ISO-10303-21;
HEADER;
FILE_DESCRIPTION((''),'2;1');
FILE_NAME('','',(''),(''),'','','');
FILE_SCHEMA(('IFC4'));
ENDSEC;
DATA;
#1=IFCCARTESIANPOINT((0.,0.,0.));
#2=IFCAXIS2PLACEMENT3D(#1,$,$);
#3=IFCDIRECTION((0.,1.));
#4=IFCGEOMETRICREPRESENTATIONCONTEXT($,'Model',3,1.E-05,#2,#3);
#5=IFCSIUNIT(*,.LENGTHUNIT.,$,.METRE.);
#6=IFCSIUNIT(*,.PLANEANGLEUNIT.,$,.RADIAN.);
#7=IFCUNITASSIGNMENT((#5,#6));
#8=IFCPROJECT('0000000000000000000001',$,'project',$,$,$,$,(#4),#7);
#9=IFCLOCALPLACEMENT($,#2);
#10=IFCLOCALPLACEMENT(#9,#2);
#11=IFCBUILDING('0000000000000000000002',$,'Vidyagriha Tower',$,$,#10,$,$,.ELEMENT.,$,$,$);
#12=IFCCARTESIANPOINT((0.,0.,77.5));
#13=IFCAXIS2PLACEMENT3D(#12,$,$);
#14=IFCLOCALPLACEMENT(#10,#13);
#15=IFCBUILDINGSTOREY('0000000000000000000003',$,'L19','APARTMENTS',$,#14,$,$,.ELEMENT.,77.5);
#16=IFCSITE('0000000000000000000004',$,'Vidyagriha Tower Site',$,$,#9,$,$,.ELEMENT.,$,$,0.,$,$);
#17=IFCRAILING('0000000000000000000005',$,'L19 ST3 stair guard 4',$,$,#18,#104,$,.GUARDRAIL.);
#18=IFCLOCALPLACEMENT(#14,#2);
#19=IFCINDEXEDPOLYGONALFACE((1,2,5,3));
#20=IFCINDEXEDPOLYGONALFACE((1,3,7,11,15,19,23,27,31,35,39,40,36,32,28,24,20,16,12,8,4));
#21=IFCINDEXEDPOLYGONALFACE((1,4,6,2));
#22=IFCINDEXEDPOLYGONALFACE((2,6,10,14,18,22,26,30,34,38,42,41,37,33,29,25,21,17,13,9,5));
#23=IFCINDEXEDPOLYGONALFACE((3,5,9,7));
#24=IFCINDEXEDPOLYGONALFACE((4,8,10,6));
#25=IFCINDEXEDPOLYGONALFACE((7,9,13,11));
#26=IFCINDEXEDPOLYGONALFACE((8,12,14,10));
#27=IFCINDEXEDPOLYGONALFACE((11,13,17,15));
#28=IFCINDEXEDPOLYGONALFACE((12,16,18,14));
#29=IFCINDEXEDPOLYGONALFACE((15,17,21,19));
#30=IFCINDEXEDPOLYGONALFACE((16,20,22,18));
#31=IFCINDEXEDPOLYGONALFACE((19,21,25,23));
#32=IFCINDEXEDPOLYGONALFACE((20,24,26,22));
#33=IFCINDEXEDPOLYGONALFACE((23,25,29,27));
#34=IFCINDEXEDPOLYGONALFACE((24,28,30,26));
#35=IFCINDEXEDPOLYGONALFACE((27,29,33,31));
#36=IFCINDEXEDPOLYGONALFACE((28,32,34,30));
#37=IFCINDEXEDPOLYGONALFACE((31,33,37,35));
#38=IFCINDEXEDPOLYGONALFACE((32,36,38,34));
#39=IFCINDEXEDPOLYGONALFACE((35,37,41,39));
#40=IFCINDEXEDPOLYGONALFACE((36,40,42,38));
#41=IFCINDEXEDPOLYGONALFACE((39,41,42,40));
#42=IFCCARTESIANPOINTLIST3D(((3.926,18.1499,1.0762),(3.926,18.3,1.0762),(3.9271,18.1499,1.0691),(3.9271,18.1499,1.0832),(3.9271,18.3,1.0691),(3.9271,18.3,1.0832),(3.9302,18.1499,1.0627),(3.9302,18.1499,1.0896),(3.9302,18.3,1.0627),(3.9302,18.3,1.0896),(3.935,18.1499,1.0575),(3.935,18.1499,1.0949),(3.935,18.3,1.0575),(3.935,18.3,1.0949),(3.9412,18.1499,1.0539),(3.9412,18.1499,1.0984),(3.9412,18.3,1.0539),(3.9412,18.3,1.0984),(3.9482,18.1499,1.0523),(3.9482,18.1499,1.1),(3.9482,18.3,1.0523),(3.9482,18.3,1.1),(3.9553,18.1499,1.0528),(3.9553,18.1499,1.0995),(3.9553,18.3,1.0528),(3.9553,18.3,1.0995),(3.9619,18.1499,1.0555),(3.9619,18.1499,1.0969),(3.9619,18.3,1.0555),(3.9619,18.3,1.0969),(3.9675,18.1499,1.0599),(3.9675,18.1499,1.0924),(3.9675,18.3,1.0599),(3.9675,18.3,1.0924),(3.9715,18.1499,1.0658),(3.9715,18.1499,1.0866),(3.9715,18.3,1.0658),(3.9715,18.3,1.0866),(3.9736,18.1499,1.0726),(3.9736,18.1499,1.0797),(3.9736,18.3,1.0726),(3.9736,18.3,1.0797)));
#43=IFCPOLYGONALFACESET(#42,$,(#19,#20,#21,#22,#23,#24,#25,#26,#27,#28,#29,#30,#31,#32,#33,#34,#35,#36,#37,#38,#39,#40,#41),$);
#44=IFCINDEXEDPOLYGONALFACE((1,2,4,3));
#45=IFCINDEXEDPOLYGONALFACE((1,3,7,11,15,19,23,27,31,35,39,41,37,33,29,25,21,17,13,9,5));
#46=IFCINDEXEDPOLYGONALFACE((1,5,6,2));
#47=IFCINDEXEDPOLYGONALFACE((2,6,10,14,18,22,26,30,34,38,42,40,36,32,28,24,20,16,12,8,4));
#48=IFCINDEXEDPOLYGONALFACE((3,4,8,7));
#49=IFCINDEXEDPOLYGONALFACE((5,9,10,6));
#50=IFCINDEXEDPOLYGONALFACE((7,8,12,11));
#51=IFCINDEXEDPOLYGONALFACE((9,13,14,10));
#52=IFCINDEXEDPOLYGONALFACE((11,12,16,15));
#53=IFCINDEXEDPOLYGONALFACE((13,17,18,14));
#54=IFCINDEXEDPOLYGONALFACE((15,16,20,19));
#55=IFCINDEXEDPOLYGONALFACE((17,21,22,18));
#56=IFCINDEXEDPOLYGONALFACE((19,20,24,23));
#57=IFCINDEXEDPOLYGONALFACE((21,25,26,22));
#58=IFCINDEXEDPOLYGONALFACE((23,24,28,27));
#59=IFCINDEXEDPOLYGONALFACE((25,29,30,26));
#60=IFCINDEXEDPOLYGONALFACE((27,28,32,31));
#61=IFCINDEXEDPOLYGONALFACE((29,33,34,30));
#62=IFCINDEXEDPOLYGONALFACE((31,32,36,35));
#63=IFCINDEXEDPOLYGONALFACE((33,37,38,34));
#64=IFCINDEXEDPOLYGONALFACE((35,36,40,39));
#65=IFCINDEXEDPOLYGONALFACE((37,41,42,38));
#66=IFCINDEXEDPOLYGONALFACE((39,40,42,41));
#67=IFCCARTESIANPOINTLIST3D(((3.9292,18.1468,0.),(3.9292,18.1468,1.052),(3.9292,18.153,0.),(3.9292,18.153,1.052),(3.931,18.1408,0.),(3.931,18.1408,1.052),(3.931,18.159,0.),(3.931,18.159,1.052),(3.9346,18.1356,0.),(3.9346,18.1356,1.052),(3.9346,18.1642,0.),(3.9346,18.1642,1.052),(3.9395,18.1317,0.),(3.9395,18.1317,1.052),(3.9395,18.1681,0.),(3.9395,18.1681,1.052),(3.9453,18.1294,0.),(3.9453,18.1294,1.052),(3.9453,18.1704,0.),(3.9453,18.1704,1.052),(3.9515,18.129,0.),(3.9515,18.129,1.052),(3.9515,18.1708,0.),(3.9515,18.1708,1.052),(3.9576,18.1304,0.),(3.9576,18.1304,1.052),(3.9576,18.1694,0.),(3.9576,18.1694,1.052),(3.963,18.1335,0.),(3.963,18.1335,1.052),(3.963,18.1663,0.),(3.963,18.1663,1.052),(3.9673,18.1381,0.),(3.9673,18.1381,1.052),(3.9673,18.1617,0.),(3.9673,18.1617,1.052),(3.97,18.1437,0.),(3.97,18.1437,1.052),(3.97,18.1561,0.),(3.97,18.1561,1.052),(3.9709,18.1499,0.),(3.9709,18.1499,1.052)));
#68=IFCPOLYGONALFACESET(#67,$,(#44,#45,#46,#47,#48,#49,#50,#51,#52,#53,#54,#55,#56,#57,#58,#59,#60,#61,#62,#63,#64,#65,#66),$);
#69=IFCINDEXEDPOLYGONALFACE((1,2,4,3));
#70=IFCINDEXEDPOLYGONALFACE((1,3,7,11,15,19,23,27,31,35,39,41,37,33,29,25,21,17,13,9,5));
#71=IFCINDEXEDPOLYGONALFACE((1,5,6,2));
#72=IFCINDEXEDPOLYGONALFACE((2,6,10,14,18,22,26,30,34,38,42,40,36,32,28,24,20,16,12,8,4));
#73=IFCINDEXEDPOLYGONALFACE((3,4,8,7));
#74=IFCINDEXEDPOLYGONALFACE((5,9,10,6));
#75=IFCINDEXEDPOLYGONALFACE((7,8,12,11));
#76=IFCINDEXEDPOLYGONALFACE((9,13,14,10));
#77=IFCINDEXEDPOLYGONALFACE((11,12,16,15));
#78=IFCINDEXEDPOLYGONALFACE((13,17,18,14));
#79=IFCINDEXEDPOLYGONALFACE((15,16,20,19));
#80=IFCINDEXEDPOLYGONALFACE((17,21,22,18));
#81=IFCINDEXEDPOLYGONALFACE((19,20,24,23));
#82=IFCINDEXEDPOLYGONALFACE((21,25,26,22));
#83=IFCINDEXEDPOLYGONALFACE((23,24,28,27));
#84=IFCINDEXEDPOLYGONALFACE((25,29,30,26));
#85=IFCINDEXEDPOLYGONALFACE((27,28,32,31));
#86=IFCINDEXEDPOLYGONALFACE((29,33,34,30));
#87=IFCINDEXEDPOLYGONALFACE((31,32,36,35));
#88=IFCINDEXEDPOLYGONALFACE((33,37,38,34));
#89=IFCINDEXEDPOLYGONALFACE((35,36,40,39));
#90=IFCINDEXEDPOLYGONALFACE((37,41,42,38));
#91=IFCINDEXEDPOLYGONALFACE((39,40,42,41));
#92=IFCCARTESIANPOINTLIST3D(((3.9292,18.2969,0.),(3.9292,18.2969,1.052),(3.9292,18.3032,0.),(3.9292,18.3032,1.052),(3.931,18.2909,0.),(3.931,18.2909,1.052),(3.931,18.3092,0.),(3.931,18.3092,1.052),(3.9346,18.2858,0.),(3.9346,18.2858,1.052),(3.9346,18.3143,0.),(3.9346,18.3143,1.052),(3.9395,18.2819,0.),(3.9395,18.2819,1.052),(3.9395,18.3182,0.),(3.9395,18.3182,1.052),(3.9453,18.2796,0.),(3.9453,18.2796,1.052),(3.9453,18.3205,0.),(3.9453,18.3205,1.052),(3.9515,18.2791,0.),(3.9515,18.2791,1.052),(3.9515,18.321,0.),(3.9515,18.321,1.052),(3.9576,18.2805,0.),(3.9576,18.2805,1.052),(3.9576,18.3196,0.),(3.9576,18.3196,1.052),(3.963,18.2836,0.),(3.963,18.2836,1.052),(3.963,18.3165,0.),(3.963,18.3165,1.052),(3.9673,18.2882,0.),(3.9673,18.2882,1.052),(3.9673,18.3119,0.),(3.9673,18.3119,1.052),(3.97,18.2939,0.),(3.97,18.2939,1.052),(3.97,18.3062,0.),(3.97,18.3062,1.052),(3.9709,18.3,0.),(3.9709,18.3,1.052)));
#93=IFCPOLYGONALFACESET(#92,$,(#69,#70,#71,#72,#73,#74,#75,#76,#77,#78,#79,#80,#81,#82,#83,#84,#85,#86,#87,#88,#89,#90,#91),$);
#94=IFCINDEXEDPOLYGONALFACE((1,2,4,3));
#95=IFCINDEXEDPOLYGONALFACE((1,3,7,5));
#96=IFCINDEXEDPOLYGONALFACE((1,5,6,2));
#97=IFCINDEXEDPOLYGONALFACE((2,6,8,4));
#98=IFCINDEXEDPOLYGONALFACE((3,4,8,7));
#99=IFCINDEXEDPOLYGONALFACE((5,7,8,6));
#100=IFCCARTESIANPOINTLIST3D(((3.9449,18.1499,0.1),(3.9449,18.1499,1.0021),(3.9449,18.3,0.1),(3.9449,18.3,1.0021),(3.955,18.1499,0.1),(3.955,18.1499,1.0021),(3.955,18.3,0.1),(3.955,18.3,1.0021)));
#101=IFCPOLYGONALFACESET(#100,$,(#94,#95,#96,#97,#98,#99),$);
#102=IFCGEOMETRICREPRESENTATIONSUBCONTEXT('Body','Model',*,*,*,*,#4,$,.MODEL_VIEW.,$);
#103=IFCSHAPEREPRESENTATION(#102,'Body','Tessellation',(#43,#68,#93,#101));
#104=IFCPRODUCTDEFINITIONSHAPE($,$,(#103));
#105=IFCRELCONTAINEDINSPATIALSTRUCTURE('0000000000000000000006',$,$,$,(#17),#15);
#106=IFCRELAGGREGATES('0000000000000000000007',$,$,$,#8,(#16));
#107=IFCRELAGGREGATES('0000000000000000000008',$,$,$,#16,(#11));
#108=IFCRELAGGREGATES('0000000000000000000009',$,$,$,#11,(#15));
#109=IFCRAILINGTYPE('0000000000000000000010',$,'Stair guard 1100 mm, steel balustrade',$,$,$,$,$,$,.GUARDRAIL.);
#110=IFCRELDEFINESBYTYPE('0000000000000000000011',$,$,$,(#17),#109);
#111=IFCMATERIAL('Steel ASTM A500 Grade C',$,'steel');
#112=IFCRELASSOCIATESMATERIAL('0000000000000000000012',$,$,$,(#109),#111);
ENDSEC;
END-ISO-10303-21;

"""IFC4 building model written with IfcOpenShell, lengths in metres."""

from ifc_helpers import new_model, si_unit, direction, frame, origin, origin_2d, place, context, subcontext, project, spatial, rectangle, circle, extrude, material, type_object, element, save


model = new_model("IFC4")

# Units and contexts
model_context = context("Model", 3, precision=1e-05, world=origin(), true_north=direction((0.0, 1.0)))
body_context = subcontext(model_context, "Body", "Model", "MODEL_VIEW")
ifc_project = project(units=[si_unit("LENGTHUNIT", "METRE"), si_unit("PLANEANGLEUNIT", "RADIAN")], contexts=[model_context])

# Site, building, storey
site_placement = place(None, origin())
site = spatial("IfcSite", under=ifc_project, at=site_placement, Name="Vidyagriha Tower Site", CompositionType="ELEMENT", RefElevation=0.0)
building_placement = place(site_placement, origin())
building = spatial("IfcBuilding", under=site, at=building_placement, Name="Vidyagriha Tower", CompositionType="ELEMENT")
storey_placement = place(building_placement, frame((0.0, 0.0, 77.5)))
storey = spatial("IfcBuildingStorey", under=building, at=storey_placement, Name="L19", Description="APARTMENTS", CompositionType="ELEMENT", Elevation=77.5)

# Railing
ifc_material_1 = material(Name="Steel ASTM A500 Grade C", Category="steel")
railing_type_1 = type_object("IfcRailingType", Name="Stair guard 1100 mm, steel balustrade", PredefinedType="GUARDRAIL", material=ifc_material_1)
railing_1_placement = place(storey_placement, frame((3.95, 18.1499, 0.0)))
element("IfcRailing", 1, at=railing_1_placement, inside=storey, type_object=railing_type_1, Name="L19 ST3 stair guard 4", PredefinedType="GUARDRAIL", context=body_context, shape_type="SweptSolid", body=[
    extrude(circle(Radius=0.0239, at=origin_2d()), frame((0.0, 0.0, 1.0762), z_axis=(0.0, 1.0, 0.0), x_axis=(-1.0, 0.0, 0.0)), (0.0, 0.0, 1.0), 0.1501),
    extrude(circle(Radius=0.021, at=origin_2d()), origin(), (0.0, 0.0, 1.0), 1.052),
    extrude(circle(Radius=0.021, at=origin_2d()), frame((0.0, 0.1501, 0.0)), (0.0, 0.0, 1.0), 1.052),
    extrude(rectangle(XDim=0.01, YDim=0.9021, at=origin_2d()), frame((0.0, 0.0, 0.551), z_axis=(0.0, 1.0, 0.0), x_axis=(-1.0, 0.0, 0.0)), (0.0, 0.0, 1.0), 0.1501),
])

save(model, "model.ifc")
